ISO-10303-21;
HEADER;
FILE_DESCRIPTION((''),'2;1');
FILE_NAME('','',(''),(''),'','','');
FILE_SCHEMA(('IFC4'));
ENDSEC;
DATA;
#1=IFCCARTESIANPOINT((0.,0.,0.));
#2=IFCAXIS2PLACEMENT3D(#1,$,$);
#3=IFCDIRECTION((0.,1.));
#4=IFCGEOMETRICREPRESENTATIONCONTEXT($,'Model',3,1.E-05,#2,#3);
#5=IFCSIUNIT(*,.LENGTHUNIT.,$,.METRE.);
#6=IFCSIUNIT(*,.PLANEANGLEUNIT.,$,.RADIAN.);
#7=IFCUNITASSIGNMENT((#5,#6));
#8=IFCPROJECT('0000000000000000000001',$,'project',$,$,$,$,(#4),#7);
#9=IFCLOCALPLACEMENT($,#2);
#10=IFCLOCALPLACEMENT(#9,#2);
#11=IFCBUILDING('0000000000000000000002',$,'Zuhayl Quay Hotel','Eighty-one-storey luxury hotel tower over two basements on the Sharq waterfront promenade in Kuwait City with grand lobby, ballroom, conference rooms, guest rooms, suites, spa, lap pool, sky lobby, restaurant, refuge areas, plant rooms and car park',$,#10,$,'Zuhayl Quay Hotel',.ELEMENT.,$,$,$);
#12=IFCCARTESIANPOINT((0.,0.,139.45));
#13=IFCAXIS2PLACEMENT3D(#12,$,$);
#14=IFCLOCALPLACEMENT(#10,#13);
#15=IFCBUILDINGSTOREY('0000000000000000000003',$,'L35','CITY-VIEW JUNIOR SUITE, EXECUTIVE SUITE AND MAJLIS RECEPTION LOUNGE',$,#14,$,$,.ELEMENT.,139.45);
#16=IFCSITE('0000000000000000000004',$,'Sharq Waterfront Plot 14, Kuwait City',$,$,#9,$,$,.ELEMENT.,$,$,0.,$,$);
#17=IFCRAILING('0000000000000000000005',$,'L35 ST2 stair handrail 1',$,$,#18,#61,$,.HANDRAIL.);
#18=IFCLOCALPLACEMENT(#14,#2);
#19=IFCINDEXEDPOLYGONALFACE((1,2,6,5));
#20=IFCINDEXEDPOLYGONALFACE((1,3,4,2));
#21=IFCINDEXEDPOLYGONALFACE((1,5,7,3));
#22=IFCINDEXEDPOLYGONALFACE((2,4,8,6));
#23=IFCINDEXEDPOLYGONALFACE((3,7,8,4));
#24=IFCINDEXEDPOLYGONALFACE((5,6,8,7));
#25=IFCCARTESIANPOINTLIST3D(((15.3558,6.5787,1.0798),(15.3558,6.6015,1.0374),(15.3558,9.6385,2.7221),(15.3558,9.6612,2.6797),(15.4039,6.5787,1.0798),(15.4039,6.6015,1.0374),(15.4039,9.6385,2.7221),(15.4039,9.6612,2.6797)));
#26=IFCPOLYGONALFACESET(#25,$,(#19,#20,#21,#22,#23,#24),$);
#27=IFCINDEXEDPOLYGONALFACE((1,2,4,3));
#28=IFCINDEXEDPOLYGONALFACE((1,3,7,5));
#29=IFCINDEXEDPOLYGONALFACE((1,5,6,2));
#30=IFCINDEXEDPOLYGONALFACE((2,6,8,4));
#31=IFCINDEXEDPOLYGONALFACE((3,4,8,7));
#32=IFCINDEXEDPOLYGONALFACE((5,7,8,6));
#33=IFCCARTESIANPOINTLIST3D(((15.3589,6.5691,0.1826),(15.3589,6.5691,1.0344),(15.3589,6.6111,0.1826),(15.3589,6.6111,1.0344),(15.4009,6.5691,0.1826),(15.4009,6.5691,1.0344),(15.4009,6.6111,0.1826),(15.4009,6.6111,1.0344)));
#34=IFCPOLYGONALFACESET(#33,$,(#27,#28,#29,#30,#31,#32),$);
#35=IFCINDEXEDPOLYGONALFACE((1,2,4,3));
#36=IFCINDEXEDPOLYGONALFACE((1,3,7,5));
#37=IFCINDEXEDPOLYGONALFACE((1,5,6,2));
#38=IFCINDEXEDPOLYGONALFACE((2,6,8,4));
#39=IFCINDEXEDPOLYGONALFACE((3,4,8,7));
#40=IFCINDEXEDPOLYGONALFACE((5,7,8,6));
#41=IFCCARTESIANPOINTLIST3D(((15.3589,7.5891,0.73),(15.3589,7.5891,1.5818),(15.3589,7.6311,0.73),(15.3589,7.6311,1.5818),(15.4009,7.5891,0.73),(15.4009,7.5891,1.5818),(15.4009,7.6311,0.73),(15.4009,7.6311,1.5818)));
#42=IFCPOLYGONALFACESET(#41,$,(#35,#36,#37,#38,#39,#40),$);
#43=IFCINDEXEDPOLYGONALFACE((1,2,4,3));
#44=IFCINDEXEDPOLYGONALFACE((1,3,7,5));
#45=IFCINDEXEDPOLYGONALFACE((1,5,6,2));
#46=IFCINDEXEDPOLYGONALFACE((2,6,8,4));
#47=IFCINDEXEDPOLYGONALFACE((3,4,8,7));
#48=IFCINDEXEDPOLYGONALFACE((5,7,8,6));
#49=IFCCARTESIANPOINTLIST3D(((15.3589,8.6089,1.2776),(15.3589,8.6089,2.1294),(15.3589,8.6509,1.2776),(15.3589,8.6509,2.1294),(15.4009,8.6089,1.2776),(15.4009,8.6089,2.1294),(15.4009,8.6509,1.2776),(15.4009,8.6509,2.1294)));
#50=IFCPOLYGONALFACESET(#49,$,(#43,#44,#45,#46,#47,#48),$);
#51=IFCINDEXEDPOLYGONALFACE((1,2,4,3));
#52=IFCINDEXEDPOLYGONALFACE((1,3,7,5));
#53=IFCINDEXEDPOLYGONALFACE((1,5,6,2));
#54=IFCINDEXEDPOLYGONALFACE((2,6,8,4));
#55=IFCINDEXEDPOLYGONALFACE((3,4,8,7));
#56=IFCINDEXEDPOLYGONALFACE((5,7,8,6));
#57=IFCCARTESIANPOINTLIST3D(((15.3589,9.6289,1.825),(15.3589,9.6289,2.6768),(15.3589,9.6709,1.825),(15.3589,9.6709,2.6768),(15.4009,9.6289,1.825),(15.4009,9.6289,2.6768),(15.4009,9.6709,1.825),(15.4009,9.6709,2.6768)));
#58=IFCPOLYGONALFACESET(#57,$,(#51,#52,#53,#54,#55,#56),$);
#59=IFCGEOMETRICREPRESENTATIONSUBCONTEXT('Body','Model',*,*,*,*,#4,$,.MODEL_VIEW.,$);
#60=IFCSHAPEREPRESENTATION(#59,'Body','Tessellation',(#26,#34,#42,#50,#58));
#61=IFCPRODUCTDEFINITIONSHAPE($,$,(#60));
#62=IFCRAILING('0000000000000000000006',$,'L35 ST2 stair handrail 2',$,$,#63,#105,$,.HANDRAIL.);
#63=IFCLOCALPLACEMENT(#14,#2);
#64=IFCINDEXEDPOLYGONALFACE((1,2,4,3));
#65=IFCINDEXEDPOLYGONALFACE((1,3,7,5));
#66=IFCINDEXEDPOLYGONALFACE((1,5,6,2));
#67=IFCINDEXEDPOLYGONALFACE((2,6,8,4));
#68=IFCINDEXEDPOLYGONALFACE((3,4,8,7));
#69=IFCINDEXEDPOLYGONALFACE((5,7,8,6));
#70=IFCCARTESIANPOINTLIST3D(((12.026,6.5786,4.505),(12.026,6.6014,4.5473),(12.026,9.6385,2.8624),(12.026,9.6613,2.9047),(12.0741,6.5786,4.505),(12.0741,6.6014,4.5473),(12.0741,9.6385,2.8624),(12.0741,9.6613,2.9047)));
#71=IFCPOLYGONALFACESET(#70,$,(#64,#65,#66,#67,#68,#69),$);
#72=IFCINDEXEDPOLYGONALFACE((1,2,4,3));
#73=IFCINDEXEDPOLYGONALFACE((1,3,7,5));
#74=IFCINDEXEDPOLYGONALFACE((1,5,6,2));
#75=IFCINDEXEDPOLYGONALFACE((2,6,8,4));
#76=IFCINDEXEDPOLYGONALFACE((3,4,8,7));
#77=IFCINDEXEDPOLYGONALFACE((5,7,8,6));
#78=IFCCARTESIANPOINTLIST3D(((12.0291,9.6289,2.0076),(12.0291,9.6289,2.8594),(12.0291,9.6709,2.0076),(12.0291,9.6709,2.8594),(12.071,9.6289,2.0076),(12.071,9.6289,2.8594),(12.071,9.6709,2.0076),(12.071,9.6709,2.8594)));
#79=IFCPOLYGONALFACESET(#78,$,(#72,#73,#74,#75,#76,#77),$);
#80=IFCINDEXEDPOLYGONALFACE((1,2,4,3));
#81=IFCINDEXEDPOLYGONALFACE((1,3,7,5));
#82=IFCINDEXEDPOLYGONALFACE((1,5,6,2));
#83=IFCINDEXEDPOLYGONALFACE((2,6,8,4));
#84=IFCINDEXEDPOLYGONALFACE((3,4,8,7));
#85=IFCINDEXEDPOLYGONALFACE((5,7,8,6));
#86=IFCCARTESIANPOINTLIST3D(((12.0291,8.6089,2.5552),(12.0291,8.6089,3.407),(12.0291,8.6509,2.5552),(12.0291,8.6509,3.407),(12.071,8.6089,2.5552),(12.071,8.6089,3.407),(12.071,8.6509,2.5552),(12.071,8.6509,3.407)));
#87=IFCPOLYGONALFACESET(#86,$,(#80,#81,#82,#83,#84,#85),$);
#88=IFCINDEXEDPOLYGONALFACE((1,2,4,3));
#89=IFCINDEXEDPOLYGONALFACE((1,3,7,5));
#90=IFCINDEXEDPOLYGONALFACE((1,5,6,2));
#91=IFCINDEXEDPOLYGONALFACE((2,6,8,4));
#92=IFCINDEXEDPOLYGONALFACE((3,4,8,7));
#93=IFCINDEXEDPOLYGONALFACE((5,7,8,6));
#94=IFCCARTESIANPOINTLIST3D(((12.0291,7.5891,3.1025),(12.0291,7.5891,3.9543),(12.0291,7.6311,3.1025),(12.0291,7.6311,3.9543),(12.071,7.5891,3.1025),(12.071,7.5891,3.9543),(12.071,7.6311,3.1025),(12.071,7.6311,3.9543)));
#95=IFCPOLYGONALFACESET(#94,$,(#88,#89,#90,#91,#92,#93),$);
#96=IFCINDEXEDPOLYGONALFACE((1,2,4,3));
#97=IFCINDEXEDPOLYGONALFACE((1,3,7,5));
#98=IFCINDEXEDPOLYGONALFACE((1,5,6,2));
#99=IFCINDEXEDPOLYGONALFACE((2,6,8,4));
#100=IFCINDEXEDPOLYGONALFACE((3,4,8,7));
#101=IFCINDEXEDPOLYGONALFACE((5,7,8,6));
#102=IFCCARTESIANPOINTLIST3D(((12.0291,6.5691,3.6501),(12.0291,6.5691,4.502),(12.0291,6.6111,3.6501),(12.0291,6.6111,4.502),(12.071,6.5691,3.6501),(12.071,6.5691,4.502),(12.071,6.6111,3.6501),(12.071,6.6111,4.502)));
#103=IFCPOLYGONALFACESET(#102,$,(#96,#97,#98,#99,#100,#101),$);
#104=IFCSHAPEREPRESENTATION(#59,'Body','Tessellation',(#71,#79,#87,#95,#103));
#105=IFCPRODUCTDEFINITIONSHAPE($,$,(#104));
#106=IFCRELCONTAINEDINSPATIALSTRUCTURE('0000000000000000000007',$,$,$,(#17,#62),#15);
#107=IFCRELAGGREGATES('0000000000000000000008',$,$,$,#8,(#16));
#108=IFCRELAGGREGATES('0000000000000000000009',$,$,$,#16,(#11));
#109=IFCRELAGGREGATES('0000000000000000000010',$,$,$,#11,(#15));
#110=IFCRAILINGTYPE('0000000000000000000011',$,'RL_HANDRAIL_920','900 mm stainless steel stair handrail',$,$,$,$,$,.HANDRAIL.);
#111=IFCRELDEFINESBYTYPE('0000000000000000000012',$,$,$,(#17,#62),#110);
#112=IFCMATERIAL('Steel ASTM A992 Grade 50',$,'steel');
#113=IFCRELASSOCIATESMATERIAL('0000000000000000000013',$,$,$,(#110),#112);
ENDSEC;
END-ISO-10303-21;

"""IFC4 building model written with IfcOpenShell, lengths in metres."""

from ifc_helpers import new_model, si_unit, direction, frame, origin, origin_2d, place, context, subcontext, project, spatial, rectangle, extrude, material, type_object, element, save


model = new_model("IFC4")

# Units and contexts
model_context = context("Model", 3, precision=1e-05, world=origin(), true_north=direction((0.0, 1.0)))
body_context = subcontext(model_context, "Body", "Model", "MODEL_VIEW")
ifc_project = project(units=[si_unit("LENGTHUNIT", "METRE"), si_unit("PLANEANGLEUNIT", "RADIAN")], contexts=[model_context])

# Site, building, storey
site_placement = place(None, origin())
site = spatial("IfcSite", under=ifc_project, at=site_placement, Name="Sharq Waterfront Plot 14, Kuwait City", CompositionType="ELEMENT", RefElevation=0.0)
building_placement = place(site_placement, origin())
building = spatial("IfcBuilding", under=site, at=building_placement, Name="Zuhayl Quay Hotel", Description="Eighty-one-storey luxury hotel tower over two basements on the Sharq waterfront promenade in Kuwait City with grand lobby, ballroom, conference rooms, guest rooms, suites, spa, lap pool, sky lobby, restaurant, refuge areas, plant rooms and car park", LongName="Zuhayl Quay Hotel", CompositionType="ELEMENT")
storey_placement = place(building_placement, frame((0.0, 0.0, 139.45)))
storey = spatial("IfcBuildingStorey", under=building, at=storey_placement, Name="L35", Description="CITY-VIEW JUNIOR SUITE, EXECUTIVE SUITE AND MAJLIS RECEPTION LOUNGE", CompositionType="ELEMENT", Elevation=139.45)

# Shared definitions
ifc_material_1 = material(Name="Steel ASTM A992 Grade 50", Category="steel")

# Railings
railing_type_1 = type_object("IfcRailingType", Name="RL_HANDRAIL_920", Description="900 mm stainless steel stair handrail", PredefinedType="HANDRAIL", material=ifc_material_1)
railing_1_placement = place(storey_placement, frame((15.3799, 6.5901, 0.1826)))
element("IfcRailing", 1, at=railing_1_placement, inside=storey, type_object=railing_type_1, Name="L35 ST2 stair handrail 1", PredefinedType="HANDRAIL", context=body_context, shape_type="SweptSolid", body=[
    extrude(rectangle(XDim=0.0481, YDim=0.0481, at=origin_2d()), frame((0.0, 0.0, 0.876), z_axis=(0.0, 0.881102, 0.472926), x_axis=(-1.0, 0.0, 0.0)), (0.0, 0.0, 1.0), 3.4727),
    extrude(rectangle(XDim=0.042, YDim=0.042, at=origin_2d()), origin(), (0.0, 0.0, 1.0), 0.8518),
    extrude(rectangle(XDim=0.042, YDim=0.042, at=origin_2d()), frame((0.0, 1.02, 0.5474)), (0.0, 0.0, 1.0), 0.8518),
    extrude(rectangle(XDim=0.042, YDim=0.042, at=origin_2d()), frame((0.0, 2.0398, 1.095)), (0.0, 0.0, 1.0), 0.8518),
    extrude(rectangle(XDim=0.042, YDim=0.042, at=origin_2d()), frame((0.0, 3.0598, 1.6423)), (0.0, 0.0, 1.0), 0.8518),
])
railing_2_placement = place(storey_placement, frame((12.05, 9.6499, 2.0076)))
element("IfcRailing", 2, at=railing_2_placement, inside=storey, type_object=railing_type_1, Name="L35 ST2 stair handrail 2", PredefinedType="HANDRAIL", context=body_context, shape_type="SweptSolid", body=[
    extrude(rectangle(XDim=0.0481, YDim=0.0481, at=origin_2d()), frame((0.0, 0.0, 0.876), z_axis=(0.0, -0.881073, 0.47298), x_axis=(1.0, 0.0, 0.0)), (0.0, 0.0, 1.0), 3.4729),
    extrude(rectangle(XDim=0.042, YDim=0.042, at=origin_2d()), origin(), (0.0, 0.0, 1.0), 0.8518),
    extrude(rectangle(XDim=0.042, YDim=0.042, at=origin_2d()), frame((0.0, -1.02, 0.5476)), (0.0, 0.0, 1.0), 0.8518),
    extrude(rectangle(XDim=0.042, YDim=0.042, at=origin_2d()), frame((0.0, -2.0398, 1.095)), (0.0, 0.0, 1.0), 0.8518),
    extrude(rectangle(XDim=0.042, YDim=0.042, at=origin_2d()), frame((0.0, -3.0598, 1.6426)), (0.0, 0.0, 1.0), 0.8518),
])

save(model, "model.ifc")
